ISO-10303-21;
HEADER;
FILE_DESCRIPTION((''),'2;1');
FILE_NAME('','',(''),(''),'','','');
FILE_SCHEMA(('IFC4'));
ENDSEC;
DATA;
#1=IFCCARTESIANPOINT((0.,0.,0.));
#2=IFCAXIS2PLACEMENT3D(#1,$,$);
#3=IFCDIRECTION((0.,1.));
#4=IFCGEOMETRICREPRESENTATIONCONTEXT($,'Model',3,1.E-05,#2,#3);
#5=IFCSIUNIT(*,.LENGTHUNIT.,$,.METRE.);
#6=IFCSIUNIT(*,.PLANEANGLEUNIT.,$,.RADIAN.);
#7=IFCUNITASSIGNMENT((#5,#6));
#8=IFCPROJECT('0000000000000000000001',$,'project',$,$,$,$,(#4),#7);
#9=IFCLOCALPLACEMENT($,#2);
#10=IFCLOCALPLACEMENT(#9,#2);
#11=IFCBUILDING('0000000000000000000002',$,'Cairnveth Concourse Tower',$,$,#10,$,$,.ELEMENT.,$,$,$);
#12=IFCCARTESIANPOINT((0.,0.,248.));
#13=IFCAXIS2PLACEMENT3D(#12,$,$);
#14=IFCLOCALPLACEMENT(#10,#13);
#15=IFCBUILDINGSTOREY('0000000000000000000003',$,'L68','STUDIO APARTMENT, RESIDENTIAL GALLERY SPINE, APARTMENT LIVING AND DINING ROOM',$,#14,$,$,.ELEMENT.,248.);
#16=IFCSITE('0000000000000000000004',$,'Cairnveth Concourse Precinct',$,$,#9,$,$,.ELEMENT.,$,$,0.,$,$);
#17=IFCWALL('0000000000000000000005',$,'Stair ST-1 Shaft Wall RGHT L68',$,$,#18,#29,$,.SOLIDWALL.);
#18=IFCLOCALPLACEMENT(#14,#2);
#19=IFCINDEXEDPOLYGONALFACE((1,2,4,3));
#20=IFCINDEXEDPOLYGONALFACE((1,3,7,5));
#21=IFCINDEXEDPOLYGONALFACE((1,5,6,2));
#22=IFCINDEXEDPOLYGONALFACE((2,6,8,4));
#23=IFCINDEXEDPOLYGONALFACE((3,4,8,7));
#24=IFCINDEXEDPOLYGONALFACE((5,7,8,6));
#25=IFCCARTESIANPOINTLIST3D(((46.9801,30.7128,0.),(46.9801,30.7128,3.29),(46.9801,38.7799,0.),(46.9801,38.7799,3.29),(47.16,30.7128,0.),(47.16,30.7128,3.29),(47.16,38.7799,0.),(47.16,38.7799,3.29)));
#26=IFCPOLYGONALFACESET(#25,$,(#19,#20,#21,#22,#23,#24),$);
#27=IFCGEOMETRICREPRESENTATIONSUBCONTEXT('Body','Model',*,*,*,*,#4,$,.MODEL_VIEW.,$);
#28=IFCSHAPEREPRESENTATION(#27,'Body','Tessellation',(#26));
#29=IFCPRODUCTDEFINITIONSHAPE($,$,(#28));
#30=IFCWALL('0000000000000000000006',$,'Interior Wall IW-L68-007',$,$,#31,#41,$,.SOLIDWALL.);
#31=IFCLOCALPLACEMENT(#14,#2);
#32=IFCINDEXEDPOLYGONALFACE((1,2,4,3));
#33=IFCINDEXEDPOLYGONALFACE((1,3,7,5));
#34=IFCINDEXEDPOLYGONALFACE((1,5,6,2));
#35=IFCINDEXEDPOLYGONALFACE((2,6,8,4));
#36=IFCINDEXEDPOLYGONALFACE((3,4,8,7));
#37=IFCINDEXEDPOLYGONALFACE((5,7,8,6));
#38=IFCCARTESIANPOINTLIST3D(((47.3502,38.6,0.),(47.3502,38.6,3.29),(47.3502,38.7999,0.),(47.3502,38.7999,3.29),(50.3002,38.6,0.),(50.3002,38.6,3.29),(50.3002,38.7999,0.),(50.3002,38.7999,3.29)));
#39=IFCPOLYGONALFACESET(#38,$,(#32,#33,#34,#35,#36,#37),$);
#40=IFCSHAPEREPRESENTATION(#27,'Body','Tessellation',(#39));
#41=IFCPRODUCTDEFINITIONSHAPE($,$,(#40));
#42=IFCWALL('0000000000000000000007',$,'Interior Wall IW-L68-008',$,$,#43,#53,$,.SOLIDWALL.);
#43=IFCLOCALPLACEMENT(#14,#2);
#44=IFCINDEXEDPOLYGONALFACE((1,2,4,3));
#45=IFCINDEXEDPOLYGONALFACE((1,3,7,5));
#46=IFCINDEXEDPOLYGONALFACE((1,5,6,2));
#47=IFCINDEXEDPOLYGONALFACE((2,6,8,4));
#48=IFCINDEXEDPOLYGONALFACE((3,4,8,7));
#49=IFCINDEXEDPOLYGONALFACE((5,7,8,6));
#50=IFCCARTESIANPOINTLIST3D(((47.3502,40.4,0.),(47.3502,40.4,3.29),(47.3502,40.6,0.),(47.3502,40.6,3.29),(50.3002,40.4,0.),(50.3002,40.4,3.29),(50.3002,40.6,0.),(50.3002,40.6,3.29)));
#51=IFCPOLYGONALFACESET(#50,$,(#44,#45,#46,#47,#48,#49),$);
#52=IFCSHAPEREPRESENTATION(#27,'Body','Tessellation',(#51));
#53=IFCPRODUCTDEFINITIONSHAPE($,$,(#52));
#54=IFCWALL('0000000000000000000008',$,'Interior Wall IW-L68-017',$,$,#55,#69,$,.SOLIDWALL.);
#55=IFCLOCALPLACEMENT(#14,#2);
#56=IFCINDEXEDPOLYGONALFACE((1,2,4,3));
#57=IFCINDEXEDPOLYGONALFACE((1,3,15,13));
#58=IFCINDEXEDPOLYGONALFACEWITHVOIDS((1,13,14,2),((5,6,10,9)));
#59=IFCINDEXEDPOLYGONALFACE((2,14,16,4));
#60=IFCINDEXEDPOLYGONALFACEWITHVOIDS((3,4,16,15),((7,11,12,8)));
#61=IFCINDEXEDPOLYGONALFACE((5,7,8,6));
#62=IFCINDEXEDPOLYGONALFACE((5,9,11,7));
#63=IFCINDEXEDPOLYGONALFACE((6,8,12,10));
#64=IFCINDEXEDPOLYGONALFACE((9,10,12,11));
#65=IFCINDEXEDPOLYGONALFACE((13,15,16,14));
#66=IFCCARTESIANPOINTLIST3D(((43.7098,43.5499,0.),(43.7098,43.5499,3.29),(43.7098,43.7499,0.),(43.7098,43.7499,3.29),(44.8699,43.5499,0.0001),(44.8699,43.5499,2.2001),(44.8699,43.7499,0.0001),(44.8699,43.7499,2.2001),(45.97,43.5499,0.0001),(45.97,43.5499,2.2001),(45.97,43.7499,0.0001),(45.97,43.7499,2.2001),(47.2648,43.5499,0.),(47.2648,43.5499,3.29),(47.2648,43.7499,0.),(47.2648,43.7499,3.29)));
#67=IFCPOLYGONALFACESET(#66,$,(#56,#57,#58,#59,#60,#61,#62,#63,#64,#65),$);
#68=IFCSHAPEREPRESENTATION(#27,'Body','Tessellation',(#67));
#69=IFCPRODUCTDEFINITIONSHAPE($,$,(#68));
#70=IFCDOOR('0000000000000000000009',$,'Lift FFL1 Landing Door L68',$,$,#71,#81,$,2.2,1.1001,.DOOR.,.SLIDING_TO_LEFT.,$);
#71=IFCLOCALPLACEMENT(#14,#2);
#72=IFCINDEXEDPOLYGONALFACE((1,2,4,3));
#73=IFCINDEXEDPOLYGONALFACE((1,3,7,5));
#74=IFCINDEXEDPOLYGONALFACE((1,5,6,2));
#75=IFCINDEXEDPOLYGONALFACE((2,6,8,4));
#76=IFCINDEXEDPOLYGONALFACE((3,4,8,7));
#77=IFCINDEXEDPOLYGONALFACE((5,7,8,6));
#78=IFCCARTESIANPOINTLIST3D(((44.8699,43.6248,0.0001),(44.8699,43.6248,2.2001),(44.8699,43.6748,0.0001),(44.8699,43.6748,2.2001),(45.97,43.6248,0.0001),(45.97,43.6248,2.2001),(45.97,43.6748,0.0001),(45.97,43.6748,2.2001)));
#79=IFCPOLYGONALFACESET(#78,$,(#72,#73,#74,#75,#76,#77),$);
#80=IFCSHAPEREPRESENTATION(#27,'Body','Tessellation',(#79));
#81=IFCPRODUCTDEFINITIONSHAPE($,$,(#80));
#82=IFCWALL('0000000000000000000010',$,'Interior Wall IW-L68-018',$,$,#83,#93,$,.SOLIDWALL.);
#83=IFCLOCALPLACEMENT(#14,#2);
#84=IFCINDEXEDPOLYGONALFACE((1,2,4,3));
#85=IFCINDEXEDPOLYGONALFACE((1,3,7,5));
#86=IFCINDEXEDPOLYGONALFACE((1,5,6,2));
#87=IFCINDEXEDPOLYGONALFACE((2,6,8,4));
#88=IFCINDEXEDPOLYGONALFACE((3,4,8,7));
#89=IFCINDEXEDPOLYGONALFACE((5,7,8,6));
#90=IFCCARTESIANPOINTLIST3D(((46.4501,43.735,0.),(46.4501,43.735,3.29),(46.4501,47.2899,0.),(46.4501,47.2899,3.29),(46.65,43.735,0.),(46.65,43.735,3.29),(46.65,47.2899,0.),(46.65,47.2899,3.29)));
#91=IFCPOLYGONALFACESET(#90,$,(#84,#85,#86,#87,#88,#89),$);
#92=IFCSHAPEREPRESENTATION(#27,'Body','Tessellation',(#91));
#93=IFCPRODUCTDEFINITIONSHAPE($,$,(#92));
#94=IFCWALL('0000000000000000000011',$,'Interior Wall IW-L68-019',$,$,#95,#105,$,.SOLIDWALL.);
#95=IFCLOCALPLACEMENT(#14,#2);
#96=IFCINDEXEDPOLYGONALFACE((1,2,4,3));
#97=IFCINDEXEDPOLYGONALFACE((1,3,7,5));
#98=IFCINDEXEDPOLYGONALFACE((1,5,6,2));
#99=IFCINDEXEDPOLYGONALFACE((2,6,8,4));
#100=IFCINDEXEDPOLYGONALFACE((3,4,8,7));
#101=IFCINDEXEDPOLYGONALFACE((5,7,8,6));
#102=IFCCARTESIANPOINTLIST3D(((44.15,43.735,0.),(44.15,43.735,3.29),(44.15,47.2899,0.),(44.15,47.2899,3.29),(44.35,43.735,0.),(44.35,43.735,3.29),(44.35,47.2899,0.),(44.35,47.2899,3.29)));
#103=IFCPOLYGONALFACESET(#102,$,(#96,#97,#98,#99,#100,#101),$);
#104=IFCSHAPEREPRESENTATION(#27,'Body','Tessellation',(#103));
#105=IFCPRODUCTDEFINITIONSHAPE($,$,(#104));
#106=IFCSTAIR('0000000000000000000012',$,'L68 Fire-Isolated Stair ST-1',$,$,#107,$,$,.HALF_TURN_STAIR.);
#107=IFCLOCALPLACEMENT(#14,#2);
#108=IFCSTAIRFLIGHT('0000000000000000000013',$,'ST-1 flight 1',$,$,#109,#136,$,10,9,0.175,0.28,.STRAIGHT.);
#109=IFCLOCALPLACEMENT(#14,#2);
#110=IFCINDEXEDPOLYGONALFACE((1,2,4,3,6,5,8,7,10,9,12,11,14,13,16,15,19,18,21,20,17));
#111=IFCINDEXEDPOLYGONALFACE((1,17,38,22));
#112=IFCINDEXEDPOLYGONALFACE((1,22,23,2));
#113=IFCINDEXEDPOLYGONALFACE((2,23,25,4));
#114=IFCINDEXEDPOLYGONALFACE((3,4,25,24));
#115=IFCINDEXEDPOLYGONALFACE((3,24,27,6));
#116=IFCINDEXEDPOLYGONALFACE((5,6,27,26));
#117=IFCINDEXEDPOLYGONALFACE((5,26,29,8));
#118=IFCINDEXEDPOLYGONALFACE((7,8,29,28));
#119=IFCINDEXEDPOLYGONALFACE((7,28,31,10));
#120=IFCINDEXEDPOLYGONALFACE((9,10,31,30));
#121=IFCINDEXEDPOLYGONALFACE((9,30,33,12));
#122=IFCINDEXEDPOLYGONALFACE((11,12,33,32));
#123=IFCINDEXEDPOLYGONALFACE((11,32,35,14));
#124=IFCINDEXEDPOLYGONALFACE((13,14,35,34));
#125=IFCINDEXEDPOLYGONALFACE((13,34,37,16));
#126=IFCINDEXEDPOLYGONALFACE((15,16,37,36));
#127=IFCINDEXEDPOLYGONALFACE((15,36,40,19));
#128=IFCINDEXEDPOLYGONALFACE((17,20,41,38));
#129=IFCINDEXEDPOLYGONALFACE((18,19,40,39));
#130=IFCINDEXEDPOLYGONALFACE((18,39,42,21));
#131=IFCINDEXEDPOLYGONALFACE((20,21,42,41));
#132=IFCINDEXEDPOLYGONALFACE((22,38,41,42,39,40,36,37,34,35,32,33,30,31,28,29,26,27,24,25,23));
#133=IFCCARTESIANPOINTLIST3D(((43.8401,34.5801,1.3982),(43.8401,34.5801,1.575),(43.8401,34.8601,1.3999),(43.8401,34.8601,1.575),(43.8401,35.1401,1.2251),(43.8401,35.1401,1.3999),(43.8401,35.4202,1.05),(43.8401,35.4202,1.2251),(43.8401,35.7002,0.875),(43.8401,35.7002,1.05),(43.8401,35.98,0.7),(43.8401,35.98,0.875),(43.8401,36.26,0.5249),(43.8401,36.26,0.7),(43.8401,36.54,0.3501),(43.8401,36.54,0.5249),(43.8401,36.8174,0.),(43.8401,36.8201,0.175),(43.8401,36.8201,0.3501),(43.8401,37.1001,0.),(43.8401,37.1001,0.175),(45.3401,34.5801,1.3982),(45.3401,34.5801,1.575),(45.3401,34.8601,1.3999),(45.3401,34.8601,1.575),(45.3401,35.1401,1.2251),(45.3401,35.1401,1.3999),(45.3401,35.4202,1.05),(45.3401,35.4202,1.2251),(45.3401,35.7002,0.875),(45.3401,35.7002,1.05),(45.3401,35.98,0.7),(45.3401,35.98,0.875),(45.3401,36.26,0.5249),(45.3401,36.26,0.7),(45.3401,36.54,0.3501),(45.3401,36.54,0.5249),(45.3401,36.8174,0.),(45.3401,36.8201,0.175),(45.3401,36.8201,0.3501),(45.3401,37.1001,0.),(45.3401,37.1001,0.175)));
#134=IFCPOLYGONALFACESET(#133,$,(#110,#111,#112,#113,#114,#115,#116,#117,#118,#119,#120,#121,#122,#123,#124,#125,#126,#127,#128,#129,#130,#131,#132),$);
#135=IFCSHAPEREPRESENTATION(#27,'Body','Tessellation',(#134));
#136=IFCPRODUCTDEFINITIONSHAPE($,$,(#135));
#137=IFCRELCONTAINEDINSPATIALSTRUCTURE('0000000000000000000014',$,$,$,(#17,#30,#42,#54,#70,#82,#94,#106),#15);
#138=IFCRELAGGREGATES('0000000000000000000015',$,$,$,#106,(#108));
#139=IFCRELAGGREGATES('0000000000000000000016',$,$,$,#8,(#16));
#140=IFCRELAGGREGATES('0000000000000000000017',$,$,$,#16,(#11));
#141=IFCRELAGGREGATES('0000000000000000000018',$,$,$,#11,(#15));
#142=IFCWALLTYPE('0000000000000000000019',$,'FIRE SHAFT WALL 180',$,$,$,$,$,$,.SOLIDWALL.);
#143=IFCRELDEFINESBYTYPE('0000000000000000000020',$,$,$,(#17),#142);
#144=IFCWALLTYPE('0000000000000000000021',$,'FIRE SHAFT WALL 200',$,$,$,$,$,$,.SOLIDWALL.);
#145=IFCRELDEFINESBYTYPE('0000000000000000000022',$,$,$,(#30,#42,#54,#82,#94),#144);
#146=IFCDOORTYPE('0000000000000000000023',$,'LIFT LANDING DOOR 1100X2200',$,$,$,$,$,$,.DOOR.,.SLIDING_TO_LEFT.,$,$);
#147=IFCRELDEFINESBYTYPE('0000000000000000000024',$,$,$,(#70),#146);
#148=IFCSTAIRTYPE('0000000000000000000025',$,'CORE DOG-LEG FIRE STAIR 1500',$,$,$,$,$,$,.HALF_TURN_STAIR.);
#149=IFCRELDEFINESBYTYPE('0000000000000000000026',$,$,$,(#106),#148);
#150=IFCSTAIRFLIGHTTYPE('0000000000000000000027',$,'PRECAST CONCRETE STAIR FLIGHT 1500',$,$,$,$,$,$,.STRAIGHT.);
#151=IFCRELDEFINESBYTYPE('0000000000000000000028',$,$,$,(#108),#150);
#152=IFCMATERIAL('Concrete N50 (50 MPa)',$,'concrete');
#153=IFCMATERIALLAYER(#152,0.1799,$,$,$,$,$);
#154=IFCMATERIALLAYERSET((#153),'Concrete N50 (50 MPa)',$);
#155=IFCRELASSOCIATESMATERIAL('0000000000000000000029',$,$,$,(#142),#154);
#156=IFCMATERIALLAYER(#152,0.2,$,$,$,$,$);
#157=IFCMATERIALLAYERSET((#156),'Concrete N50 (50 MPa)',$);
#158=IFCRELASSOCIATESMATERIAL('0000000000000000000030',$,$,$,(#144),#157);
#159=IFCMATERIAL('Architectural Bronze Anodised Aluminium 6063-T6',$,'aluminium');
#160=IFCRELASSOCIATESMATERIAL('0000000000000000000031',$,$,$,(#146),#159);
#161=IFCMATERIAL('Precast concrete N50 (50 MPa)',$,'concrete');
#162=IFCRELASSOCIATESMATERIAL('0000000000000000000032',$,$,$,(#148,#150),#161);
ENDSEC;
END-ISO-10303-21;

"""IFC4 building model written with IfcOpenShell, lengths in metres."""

from ifc_helpers import new_model, si_unit, direction, frame, frame_2d, origin, place, context, subcontext, project, spatial, polyline, rectangle, outline, extrude, material, layer, layer_set, type_object, element, fill, aggregate, save


model = new_model("IFC4")

# Units and contexts
model_context = context("Model", 3, precision=1e-05, world=origin(), true_north=direction((0.0, 1.0)))
body_context = subcontext(model_context, "Body", "Model", "MODEL_VIEW")
ifc_project = project(units=[si_unit("LENGTHUNIT", "METRE"), si_unit("PLANEANGLEUNIT", "RADIAN")], contexts=[model_context])

# Site, building, storey
site_placement = place(None, origin())
site = spatial("IfcSite", under=ifc_project, at=site_placement, Name="Cairnveth Concourse Precinct", CompositionType="ELEMENT", RefElevation=0.0)
building_placement = place(site_placement, origin())
building = spatial("IfcBuilding", under=site, at=building_placement, Name="Cairnveth Concourse Tower", CompositionType="ELEMENT")
storey_placement = place(building_placement, frame((0.0, 0.0, 248.0)))
storey = spatial("IfcBuildingStorey", under=building, at=storey_placement, Name="L68", Description="STUDIO APARTMENT, RESIDENTIAL GALLERY SPINE, APARTMENT LIVING AND DINING ROOM", CompositionType="ELEMENT", Elevation=248.0)

# Shared definitions
ifc_material_1 = material(Name="Concrete N50 (50 MPa)", Category="concrete")
ifc_layer_1 = layer(ifc_material_1, 0.1799)
ifc_layer_set_1 = layer_set([ifc_layer_1], Name="Concrete N50 (50 MPa)")
wall_type_1 = type_object("IfcWallType", Name="FIRE SHAFT WALL 180", PredefinedType="SOLIDWALL", material=ifc_layer_set_1)

# Walls
wall_1_placement = place(storey_placement, frame((47.0701, 38.78, 0.0), z_axis=(0.0, 0.0, 1.0), x_axis=(0.0, -1.0, 0.0)))
element("IfcWall", 1, at=wall_1_placement, inside=storey, type_object=wall_type_1, Name="Stair ST-1 Shaft Wall RGHT L68", PredefinedType="SOLIDWALL", context=body_context, shape_type="SweptSolid", body=[
    extrude(rectangle(XDim=8.0671, YDim=0.1799, at=frame_2d((4.0337, 0.0))), origin(), (0.0, 0.0, 1.0), 3.29),
])
ifc_layer_2 = layer(ifc_material_1, 0.2)
ifc_layer_set_2 = layer_set([ifc_layer_2], Name="Concrete N50 (50 MPa)")
wall_type_2 = type_object("IfcWallType", Name="FIRE SHAFT WALL 200", PredefinedType="SOLIDWALL", material=ifc_layer_set_2)
for number, where, z_axis, x_axis, name in (
    (2, (47.3501, 38.7, 0.0), (0.0, 0.0, 1.0), (1.0, 0.0, 0.0), "Interior Wall IW-L68-007"),
    (3, (47.3501, 40.5, 0.0), (0.0, 0.0, 1.0), (1.0, 0.0, 0.0), "Interior Wall IW-L68-008"),
):
    element("IfcWall", number, at=place(storey_placement, frame(where, z_axis=z_axis, x_axis=x_axis)), inside=storey, type_object=wall_type_2, Name=name, PredefinedType="SOLIDWALL", context=body_context, shape_type="SweptSolid", body=[
        extrude(rectangle(XDim=2.95, YDim=0.2, at=frame_2d((1.4751, 0.0))), origin(), (0.0, 0.0, 1.0), 3.29),
    ])

# Wall, opening, door
wall_2_placement = place(storey_placement, frame((43.71, 43.6499, 0.0), z_axis=(0.0, 0.0, 1.0), x_axis=(1.0, 0.0, 0.0)))
wall_2 = element("IfcWall", 4, at=wall_2_placement, inside=storey, type_object=wall_type_2, Name="Interior Wall IW-L68-017", PredefinedType="SOLIDWALL", context=body_context, shape_type="SweptSolid", body=[
    extrude(rectangle(XDim=3.5549, YDim=0.2, at=frame_2d((1.7773, 0.0))), origin(), (0.0, 0.0, 1.0), 3.29),
])
opening_1_placement = place(wall_2_placement, frame((1.1599, 0.0, 0.0)))
opening_1 = element("IfcOpeningElement", 5, at=opening_1_placement, cuts=wall_2, PredefinedType="OPENING", context=body_context, shape_type="SweptSolid", body=[
    extrude(rectangle(XDim=1.1001, YDim=2.2, at=frame_2d((0.55, 1.1001))), frame((0.0, 0.1099, 0.0), z_axis=(0.0, -1.0, 0.0), x_axis=(1.0, 0.0, 0.0)), (0.0, 0.0, 1.0), 0.22),
])
ifc_material_2 = material(Name="Architectural Bronze Anodised Aluminium 6063-T6", Category="aluminium")
door_type_1 = type_object("IfcDoorType", Name="LIFT LANDING DOOR 1100X2200", OperationType="SLIDING_TO_LEFT", PredefinedType="DOOR", material=ifc_material_2)
door_1_placement = place(opening_1_placement, origin())
door_1 = element("IfcDoor", 6, at=door_1_placement, inside=storey, type_object=door_type_1, Name="Lift FFL1 Landing Door L68", OperationType="SLIDING_TO_LEFT", OverallHeight=2.2, OverallWidth=1.1001, PredefinedType="DOOR", context=body_context, shape_type="SweptSolid", body=[
    extrude(rectangle(XDim=1.1001, YDim=2.2, at=frame_2d((0.55, 1.1001))), frame((0.0, 0.0249, 0.0), z_axis=(0.0, -1.0, 0.0), x_axis=(1.0, 0.0, 0.0)), (0.0, 0.0, 1.0), 0.05),
])
fill(opening_1, door_1)

# Walls
for number, where, z_axis, x_axis, name in (
    (7, (46.55, 43.7351, 0.0), (0.0, 0.0, 1.0), (0.0, 1.0, 0.0), "Interior Wall IW-L68-018"),
    (8, (44.25, 43.7351, 0.0), (0.0, 0.0, 1.0), (0.0, 1.0, 0.0), "Interior Wall IW-L68-019"),
):
    element("IfcWall", number, at=place(storey_placement, frame(where, z_axis=z_axis, x_axis=x_axis)), inside=storey, type_object=wall_type_2, Name=name, PredefinedType="SOLIDWALL", context=body_context, shape_type="SweptSolid", body=[
        extrude(rectangle(XDim=3.5549, YDim=0.2, at=frame_2d((1.7773, 0.0))), origin(), (0.0, 0.0, 1.0), 3.29),
    ])

# Stair, stair flight
ifc_material_3 = material(Name="Precast concrete N50 (50 MPa)", Category="concrete")
stair_type = type_object("IfcStairType", Name="CORE DOG-LEG FIRE STAIR 1500", PredefinedType="HALF_TURN_STAIR", material=ifc_material_3)
stair_placement = place(storey_placement, origin())
stair = element("IfcStair", 9, at=stair_placement, inside=storey, type_object=stair_type, Name="L68 Fire-Isolated Stair ST-1", PredefinedType="HALF_TURN_STAIR")
stair_flight_type = type_object("IfcStairFlightType", Name="PRECAST CONCRETE STAIR FLIGHT 1500", PredefinedType="STRAIGHT", material=ifc_material_3)
stair_flight_placement = place(storey_placement, frame((44.5901, 37.1001, 0.0), z_axis=(0.0, 0.0, 1.0), x_axis=(0.0, -1.0, 0.0)))
stair_flight = element("IfcStairFlight", 10, at=stair_flight_placement, type_object=stair_flight_type, Name="ST-1 flight 1", NumberOfRisers=10, NumberOfTreads=9, PredefinedType="STRAIGHT", RiserHeight=0.175, TreadLength=0.28, context=body_context, shape_type="SweptSolid", body=[
    extrude(outline(polyline([(0.0, 0.0), (0.0, 0.175), (0.28, 0.175), (0.28, 0.3501), (0.5601, 0.3501), (0.5601, 0.5249), (0.8401, 0.5249), (0.8401, 0.7), (1.1201, 0.7), (1.1201, 0.875), (1.3999, 0.875), (1.3999, 1.05), (1.6799, 1.05), (1.6799, 1.2251), (1.96, 1.2251), (1.96, 1.3999), (2.24, 1.3999), (2.24, 1.575), (2.52, 1.575), (2.52, 1.75), (2.52, 1.3982), (0.2827, 0.0), (0.0, 0.0)])), frame((0.0, 0.75, 0.0), z_axis=(0.0, -1.0, 0.0), x_axis=(1.0, 0.0, 0.0)), (0.0, 0.0, 1.0), 1.5),
])
aggregate(stair, [stair_flight])

save(model, "model.ifc")
